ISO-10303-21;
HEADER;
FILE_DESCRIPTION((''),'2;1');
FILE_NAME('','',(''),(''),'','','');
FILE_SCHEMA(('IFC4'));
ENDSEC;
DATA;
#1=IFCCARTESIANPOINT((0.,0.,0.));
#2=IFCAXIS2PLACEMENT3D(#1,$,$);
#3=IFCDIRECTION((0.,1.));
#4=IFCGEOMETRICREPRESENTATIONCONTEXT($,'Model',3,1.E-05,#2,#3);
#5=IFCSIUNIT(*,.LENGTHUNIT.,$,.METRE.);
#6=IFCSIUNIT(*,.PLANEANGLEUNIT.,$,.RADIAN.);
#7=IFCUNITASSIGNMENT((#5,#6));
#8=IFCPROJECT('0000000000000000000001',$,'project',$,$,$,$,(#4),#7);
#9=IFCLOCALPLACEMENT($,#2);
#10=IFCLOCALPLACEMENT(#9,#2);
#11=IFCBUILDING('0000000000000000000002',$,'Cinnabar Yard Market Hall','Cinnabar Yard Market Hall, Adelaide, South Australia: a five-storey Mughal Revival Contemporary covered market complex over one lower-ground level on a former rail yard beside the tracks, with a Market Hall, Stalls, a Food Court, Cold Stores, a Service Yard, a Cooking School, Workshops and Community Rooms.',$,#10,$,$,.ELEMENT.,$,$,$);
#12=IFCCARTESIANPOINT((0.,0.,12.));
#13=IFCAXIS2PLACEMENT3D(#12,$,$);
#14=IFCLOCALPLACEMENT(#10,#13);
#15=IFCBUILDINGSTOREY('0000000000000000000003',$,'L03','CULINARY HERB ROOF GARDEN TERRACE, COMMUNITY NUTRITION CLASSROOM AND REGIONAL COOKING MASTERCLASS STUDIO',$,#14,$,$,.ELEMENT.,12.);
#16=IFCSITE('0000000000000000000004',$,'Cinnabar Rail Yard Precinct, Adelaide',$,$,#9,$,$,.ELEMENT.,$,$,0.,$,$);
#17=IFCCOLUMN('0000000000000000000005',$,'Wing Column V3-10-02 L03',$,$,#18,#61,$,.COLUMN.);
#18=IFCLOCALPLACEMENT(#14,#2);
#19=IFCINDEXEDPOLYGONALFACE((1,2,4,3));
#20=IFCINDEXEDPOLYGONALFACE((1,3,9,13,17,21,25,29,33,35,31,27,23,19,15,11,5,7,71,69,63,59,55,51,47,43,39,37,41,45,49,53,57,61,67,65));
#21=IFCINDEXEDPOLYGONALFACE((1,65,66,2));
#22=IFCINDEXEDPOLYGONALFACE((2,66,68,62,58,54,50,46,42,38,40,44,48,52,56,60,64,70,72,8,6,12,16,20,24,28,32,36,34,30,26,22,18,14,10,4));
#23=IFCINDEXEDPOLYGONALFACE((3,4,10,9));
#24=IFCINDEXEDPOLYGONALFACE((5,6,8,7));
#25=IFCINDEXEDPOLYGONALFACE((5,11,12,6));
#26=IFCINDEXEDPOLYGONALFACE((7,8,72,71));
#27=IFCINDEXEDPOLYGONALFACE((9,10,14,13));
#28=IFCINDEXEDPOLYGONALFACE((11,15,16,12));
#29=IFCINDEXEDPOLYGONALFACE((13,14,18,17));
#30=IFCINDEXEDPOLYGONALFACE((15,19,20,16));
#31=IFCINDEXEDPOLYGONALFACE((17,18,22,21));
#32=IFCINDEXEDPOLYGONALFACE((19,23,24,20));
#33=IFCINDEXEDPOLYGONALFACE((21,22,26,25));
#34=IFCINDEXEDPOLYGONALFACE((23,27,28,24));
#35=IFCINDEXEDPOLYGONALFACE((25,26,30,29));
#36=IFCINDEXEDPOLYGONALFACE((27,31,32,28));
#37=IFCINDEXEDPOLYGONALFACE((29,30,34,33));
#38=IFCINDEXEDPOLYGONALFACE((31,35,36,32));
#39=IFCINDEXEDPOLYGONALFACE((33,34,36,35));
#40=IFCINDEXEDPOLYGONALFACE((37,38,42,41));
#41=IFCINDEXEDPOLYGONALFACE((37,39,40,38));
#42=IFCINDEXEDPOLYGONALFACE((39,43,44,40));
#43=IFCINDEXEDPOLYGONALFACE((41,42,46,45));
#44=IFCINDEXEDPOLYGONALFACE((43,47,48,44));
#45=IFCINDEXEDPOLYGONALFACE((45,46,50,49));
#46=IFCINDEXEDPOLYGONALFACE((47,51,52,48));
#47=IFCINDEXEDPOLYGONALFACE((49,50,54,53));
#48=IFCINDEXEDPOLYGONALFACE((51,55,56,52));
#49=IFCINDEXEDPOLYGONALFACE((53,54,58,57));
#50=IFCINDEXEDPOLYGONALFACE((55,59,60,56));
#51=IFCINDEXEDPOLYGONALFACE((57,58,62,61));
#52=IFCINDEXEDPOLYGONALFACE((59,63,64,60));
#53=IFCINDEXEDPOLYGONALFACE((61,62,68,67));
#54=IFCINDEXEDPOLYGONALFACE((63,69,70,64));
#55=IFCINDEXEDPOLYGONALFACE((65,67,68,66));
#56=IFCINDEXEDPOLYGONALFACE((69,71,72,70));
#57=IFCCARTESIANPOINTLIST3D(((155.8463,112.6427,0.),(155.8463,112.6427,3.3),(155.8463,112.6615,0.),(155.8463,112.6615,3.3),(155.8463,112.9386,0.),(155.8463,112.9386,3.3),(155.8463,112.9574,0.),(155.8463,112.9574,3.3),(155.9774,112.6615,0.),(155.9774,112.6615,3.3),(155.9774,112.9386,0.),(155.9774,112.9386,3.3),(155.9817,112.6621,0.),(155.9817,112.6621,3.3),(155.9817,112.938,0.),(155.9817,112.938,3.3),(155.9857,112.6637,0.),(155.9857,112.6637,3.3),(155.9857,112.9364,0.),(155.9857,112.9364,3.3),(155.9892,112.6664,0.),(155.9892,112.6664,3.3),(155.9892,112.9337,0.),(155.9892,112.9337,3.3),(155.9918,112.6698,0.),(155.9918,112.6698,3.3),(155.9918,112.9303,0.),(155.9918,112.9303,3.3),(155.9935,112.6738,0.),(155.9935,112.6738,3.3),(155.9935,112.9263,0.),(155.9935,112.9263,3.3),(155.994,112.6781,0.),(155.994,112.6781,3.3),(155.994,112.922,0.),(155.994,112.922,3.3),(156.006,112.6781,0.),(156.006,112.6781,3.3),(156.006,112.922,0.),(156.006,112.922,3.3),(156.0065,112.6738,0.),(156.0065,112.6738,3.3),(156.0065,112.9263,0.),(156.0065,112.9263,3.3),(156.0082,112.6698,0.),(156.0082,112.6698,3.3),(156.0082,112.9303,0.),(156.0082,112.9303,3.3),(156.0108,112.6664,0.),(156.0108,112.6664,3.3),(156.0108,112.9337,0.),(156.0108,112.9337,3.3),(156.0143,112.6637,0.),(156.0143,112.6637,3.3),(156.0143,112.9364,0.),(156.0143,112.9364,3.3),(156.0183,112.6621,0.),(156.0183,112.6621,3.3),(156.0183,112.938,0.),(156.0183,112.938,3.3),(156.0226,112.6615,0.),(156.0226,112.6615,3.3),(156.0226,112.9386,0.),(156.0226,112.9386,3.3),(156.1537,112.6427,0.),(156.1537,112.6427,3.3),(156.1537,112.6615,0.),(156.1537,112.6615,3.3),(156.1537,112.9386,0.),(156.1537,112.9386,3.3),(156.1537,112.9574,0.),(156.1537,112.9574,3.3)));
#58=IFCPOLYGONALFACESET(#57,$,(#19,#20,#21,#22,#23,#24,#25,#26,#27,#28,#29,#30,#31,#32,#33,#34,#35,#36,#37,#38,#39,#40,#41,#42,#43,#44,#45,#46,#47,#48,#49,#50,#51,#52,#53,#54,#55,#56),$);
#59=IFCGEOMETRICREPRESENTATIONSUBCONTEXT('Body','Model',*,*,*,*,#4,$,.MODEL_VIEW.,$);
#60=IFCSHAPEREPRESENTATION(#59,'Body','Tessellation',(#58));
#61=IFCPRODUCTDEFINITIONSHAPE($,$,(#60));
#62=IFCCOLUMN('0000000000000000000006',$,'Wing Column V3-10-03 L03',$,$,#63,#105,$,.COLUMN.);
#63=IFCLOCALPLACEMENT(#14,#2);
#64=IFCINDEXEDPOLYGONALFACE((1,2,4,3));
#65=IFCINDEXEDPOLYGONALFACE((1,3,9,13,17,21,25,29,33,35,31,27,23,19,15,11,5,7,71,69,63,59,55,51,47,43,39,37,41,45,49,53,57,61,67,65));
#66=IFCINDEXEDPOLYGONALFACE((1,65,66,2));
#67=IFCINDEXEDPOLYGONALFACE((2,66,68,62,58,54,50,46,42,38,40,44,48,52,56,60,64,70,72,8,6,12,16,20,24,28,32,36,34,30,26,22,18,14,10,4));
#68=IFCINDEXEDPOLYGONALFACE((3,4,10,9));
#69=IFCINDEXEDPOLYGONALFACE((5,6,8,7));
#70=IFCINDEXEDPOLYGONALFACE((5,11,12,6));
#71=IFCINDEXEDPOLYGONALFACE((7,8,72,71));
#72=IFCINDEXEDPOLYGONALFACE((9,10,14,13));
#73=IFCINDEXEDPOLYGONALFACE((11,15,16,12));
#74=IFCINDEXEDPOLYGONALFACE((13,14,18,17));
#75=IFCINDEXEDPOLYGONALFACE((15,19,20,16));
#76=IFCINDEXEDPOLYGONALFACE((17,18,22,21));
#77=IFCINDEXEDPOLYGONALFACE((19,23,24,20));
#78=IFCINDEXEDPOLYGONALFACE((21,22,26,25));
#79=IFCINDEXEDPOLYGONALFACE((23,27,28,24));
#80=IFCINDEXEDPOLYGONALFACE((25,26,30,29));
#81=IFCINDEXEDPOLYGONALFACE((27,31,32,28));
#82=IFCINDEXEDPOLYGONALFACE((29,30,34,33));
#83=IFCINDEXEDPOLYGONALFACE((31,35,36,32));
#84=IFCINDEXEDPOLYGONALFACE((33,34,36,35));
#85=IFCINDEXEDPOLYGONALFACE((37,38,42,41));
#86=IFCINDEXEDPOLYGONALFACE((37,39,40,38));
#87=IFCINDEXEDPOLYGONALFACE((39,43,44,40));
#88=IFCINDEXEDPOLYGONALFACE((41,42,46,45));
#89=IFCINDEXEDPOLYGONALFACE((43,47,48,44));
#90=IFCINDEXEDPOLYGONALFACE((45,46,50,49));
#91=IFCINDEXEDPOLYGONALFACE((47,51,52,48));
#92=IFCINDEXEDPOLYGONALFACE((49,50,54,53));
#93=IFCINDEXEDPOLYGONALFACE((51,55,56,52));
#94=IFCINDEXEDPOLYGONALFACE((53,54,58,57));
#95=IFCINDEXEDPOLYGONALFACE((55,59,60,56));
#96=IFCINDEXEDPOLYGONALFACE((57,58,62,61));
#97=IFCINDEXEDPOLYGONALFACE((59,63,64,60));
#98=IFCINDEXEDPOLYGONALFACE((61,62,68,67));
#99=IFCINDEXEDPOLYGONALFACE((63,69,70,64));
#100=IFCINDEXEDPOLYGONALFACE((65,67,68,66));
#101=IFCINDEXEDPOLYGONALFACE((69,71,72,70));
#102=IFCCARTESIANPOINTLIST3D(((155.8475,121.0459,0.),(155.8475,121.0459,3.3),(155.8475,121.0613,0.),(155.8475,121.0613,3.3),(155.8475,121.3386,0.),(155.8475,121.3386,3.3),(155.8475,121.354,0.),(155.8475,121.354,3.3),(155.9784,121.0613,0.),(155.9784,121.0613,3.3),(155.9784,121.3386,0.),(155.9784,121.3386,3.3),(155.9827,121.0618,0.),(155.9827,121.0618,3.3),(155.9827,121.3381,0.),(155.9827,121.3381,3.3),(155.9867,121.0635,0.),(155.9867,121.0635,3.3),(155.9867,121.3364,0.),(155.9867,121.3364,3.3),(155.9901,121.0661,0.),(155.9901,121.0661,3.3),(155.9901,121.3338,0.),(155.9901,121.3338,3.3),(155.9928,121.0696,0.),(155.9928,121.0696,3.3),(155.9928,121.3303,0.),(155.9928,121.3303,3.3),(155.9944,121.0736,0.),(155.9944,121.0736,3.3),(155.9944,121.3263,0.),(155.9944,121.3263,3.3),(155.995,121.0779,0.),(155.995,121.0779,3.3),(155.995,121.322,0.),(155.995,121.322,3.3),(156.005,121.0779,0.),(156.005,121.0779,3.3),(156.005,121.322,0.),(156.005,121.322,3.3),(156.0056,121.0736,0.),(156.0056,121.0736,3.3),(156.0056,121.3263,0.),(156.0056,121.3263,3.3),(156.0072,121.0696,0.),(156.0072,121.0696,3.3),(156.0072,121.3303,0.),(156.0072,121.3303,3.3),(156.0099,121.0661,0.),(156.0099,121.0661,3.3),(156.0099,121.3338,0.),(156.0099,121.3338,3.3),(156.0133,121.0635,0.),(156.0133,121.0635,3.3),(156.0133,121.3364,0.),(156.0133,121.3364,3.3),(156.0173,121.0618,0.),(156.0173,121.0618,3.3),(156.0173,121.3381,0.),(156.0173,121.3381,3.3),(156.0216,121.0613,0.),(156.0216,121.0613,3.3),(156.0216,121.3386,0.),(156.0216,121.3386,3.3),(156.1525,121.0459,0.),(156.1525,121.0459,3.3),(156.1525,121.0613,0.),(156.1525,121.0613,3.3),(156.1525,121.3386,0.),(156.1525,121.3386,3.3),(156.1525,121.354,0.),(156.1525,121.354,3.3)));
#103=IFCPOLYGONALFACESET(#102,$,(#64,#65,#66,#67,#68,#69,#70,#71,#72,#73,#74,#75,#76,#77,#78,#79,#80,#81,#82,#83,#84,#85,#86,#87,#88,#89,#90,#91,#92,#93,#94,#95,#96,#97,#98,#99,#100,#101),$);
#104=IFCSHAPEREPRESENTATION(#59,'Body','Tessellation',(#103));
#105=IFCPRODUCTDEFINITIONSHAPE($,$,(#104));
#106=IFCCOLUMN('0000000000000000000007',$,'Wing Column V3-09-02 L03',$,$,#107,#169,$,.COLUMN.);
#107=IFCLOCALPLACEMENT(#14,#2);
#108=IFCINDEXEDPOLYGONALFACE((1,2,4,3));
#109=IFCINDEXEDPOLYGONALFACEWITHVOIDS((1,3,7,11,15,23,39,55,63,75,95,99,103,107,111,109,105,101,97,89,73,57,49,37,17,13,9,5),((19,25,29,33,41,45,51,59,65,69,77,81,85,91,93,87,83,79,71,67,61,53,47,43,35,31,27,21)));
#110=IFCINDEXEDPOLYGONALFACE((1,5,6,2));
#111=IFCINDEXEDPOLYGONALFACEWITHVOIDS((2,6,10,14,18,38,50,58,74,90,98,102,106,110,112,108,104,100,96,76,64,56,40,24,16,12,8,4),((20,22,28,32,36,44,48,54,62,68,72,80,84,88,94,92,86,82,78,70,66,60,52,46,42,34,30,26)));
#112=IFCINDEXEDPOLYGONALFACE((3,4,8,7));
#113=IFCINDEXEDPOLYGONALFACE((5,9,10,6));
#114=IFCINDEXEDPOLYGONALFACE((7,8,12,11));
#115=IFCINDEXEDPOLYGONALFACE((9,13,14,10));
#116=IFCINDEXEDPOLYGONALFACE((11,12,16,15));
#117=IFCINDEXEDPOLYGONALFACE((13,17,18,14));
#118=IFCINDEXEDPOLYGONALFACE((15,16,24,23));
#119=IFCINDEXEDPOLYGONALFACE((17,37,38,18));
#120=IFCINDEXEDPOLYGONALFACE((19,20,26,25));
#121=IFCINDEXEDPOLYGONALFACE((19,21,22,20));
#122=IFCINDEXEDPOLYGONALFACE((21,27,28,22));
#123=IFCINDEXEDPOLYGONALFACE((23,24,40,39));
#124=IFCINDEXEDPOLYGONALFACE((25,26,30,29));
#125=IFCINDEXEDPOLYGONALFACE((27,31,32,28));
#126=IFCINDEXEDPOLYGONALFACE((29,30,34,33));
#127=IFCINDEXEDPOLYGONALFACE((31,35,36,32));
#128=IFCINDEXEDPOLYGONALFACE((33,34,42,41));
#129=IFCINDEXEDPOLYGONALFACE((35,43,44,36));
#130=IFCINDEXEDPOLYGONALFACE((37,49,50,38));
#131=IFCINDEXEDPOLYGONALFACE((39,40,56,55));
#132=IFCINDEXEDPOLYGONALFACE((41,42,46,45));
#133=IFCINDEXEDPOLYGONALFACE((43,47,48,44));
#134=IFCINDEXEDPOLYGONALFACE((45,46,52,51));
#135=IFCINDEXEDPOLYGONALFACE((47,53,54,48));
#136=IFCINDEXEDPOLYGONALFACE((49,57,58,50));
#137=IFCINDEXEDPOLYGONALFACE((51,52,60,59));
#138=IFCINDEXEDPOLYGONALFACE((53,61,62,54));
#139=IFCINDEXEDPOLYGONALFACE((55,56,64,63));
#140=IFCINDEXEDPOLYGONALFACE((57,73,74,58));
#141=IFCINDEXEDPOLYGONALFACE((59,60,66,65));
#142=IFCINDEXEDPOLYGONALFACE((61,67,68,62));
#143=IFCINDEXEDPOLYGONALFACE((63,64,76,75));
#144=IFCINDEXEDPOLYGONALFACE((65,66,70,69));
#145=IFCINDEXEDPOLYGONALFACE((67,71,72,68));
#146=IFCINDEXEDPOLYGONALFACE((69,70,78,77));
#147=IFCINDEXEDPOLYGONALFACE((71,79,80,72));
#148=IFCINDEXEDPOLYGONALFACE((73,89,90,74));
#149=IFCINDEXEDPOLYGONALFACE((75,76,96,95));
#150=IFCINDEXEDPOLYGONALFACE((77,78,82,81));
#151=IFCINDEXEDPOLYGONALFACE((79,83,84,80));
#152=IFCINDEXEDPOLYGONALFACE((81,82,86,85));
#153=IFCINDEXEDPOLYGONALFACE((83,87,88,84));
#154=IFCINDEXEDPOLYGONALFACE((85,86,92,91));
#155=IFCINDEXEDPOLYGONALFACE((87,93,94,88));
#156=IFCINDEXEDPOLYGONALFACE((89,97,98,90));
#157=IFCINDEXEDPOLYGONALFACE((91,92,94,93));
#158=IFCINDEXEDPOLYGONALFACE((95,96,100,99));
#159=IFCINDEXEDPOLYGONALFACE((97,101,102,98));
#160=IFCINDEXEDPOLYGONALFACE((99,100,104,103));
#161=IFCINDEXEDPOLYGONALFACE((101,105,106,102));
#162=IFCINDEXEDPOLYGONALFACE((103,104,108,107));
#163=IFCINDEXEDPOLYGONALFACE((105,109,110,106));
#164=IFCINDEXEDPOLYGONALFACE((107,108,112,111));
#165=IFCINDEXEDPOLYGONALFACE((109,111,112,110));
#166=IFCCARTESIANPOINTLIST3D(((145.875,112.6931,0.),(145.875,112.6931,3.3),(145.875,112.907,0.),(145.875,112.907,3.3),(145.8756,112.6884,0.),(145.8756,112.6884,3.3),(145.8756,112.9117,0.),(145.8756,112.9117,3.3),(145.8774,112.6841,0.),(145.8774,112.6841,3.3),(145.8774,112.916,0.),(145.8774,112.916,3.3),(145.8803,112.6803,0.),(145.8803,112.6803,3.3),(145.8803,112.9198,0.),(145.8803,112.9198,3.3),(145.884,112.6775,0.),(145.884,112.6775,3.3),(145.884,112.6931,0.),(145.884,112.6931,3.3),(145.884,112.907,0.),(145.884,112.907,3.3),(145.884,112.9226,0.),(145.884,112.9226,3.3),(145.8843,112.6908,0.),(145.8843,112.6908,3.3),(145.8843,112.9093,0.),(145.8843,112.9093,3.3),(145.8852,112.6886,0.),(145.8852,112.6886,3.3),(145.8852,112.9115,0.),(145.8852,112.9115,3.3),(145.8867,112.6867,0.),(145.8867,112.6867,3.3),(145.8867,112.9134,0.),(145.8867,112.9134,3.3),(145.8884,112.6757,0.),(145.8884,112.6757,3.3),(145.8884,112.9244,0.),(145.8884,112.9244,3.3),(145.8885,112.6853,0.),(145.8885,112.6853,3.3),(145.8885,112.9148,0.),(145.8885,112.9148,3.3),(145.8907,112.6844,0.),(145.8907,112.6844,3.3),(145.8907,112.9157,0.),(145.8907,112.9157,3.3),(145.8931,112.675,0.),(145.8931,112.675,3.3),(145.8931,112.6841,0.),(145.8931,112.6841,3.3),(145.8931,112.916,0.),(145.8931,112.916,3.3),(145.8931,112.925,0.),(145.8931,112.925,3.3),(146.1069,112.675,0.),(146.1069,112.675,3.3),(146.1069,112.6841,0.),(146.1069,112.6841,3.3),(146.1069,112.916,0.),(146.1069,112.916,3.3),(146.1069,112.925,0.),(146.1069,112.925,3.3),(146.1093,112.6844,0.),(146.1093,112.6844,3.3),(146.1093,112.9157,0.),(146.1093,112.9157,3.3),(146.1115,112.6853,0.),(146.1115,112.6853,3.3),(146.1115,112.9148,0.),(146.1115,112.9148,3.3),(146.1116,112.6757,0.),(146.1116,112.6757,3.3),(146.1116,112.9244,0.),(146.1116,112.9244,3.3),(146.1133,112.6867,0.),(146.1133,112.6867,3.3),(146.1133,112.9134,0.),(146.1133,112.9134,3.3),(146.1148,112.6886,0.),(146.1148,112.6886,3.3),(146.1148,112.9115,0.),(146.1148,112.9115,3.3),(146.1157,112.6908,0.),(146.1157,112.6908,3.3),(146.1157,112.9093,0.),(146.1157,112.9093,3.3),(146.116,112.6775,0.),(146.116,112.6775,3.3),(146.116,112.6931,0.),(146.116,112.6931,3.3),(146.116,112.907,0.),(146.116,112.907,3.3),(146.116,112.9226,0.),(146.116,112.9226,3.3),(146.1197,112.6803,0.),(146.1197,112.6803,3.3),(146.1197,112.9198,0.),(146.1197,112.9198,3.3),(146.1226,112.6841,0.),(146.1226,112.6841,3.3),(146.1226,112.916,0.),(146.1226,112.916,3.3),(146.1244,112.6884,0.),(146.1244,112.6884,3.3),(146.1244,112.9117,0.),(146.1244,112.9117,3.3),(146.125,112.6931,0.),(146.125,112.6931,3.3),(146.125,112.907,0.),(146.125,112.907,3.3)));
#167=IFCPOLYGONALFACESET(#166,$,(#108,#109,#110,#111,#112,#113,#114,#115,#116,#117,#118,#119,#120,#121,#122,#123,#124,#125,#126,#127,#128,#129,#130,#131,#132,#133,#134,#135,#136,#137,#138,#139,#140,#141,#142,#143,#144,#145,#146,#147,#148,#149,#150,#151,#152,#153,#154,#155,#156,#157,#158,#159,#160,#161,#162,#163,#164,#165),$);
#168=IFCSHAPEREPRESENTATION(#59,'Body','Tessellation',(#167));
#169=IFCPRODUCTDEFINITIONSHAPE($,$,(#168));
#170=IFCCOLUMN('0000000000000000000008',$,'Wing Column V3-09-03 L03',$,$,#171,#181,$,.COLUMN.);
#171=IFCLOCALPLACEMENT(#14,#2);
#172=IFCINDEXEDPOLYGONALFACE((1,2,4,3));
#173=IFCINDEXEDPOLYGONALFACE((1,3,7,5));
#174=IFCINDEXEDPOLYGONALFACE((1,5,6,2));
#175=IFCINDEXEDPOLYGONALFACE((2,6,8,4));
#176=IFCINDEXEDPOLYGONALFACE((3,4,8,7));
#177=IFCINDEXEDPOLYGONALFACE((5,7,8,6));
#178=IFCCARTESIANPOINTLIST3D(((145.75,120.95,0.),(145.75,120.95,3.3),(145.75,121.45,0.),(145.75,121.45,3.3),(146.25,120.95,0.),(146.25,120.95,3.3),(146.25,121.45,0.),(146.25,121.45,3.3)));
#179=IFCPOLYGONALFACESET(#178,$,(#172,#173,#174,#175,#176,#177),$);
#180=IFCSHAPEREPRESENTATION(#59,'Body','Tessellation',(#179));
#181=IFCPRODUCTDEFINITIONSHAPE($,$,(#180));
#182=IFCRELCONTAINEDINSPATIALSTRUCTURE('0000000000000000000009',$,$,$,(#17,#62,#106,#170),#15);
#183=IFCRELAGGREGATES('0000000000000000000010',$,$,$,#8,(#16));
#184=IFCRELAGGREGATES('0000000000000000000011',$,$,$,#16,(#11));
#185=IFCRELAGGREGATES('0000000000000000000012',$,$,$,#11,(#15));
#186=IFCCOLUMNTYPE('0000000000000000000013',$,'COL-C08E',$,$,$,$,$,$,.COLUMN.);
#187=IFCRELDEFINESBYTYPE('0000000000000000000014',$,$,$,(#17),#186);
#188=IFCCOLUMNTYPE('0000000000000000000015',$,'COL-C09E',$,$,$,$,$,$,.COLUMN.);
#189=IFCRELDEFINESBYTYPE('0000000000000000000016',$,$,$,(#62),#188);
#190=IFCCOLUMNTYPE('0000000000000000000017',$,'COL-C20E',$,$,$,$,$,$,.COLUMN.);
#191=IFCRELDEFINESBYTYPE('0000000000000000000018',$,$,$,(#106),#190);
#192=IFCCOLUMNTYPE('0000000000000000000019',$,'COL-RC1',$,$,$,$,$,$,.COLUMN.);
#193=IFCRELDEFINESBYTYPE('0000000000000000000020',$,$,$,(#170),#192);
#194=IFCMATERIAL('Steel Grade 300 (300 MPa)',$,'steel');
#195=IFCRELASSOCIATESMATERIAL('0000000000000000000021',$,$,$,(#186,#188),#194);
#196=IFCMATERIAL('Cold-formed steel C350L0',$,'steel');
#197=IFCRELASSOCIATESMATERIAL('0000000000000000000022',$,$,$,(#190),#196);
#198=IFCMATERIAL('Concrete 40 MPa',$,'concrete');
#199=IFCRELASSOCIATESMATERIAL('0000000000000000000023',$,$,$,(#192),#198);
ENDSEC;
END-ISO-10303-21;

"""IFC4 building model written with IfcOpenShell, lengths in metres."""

from ifc_helpers import new_model, si_unit, direction, frame, origin, origin_2d_with_axis, place, context, subcontext, project, spatial, rectangle, hollow_rectangle, i_section, extrude, material, material_profile, profile_set, type_object, element, save


model = new_model("IFC4")

# Units and contexts
model_context = context("Model", 3, precision=1e-05, world=origin(), true_north=direction((0.0, 1.0)))
body_context = subcontext(model_context, "Body", "Model", "MODEL_VIEW")
ifc_project = project(units=[si_unit("LENGTHUNIT", "METRE"), si_unit("PLANEANGLEUNIT", "RADIAN")], contexts=[model_context])

# Site, building, storey
site_placement = place(None, origin())
site = spatial("IfcSite", under=ifc_project, at=site_placement, Name="Cinnabar Rail Yard Precinct, Adelaide", CompositionType="ELEMENT", RefElevation=0.0)
building_placement = place(site_placement, origin())
building = spatial("IfcBuilding", under=site, at=building_placement, Name="Cinnabar Yard Market Hall", Description="Cinnabar Yard Market Hall, Adelaide, South Australia: a five-storey Mughal Revival Contemporary covered market complex over one lower-ground level on a former rail yard beside the tracks, with a Market Hall, Stalls, a Food Court, Cold Stores, a Service Yard, a Cooking School, Workshops and Community Rooms.", CompositionType="ELEMENT")
storey_placement = place(building_placement, frame((0.0, 0.0, 12.0)))
storey = spatial("IfcBuildingStorey", under=building, at=storey_placement, Name="L03", Description="CULINARY HERB ROOF GARDEN TERRACE, COMMUNITY NUTRITION CLASSROOM AND REGIONAL COOKING MASTERCLASS STUDIO", CompositionType="ELEMENT", Elevation=12.0)

# Columns
ifc_material_1 = material(Name="Steel Grade 300 (300 MPa)", Category="steel")
ifc_material_profile_1 = material_profile(ifc_material_1, i_section(OverallWidth=0.3074, OverallDepth=0.3147, WebThickness=0.012, FlangeThickness=0.0188, FilletRadius=0.0166, at=origin_2d_with_axis()), Name="310UC118")
ifc_profile_set_1 = profile_set([ifc_material_profile_1], Name="Steel Grade 300 (300 MPa)")
column_type_1 = type_object("IfcColumnType", Name="COL-C08E", PredefinedType="COLUMN", material=ifc_profile_set_1)
column_1_placement = place(storey_placement, frame((156.0, 112.8, 0.0), z_axis=(0.0, 0.0, 1.0), x_axis=(1.0, 0.0, 0.0)))
element("IfcColumn", 1, at=column_1_placement, inside=storey, type_object=column_type_1, Name="Wing Column V3-10-02 L03", PredefinedType="COLUMN", context=body_context, shape_type="SweptSolid", body=[
    extrude(i_section(OverallWidth=0.3074, OverallDepth=0.3147, WebThickness=0.012, FlangeThickness=0.0188, FilletRadius=0.0166, at=origin_2d_with_axis()), origin(), (0.0, 0.0, 1.0), 3.3),
])
ifc_material_profile_2 = material_profile(ifc_material_1, i_section(OverallWidth=0.3049, OverallDepth=0.3081, WebThickness=0.01, FlangeThickness=0.0154, FilletRadius=0.0166, at=origin_2d_with_axis()), Name="310UC96.8")
ifc_profile_set_2 = profile_set([ifc_material_profile_2], Name="Steel Grade 300 (300 MPa)")
column_type_2 = type_object("IfcColumnType", Name="COL-C09E", PredefinedType="COLUMN", material=ifc_profile_set_2)
column_2_placement = place(storey_placement, frame((156.0, 121.2, 0.0), z_axis=(0.0, 0.0, 1.0), x_axis=(1.0, 0.0, 0.0)))
element("IfcColumn", 2, at=column_2_placement, inside=storey, type_object=column_type_2, Name="Wing Column V3-10-03 L03", PredefinedType="COLUMN", context=body_context, shape_type="SweptSolid", body=[
    extrude(i_section(OverallWidth=0.3049, OverallDepth=0.3081, WebThickness=0.01, FlangeThickness=0.0154, FilletRadius=0.0166, at=origin_2d_with_axis()), origin(), (0.0, 0.0, 1.0), 3.3),
])
ifc_material_2 = material(Name="Cold-formed steel C350L0", Category="steel")
ifc_material_profile_3 = material_profile(ifc_material_2, hollow_rectangle(XDim=0.25, YDim=0.25, WallThickness=0.009, InnerFilletRadius=0.009, OuterFilletRadius=0.0181, at=origin_2d_with_axis()), Name="250x250x9.0SHS")
ifc_profile_set_3 = profile_set([ifc_material_profile_3], Name="Cold-formed steel C350L0")
column_type_3 = type_object("IfcColumnType", Name="COL-C20E", PredefinedType="COLUMN", material=ifc_profile_set_3)
column_3_placement = place(storey_placement, frame((146.0, 112.8, 0.0), z_axis=(0.0, 0.0, 1.0), x_axis=(1.0, 0.0, 0.0)))
element("IfcColumn", 3, at=column_3_placement, inside=storey, type_object=column_type_3, Name="Wing Column V3-09-02 L03", PredefinedType="COLUMN", context=body_context, shape_type="SweptSolid", body=[
    extrude(hollow_rectangle(XDim=0.25, YDim=0.25, WallThickness=0.009, InnerFilletRadius=0.009, OuterFilletRadius=0.0181, at=origin_2d_with_axis()), origin(), (0.0, 0.0, 1.0), 3.3),
])
ifc_material_3 = material(Name="Concrete 40 MPa", Category="concrete")
ifc_material_profile_4 = material_profile(ifc_material_3, rectangle(XDim=0.5, YDim=0.5, at=origin_2d_with_axis()), Name="RC-500x500")
ifc_profile_set_4 = profile_set([ifc_material_profile_4], Name="Concrete 40 MPa")
column_type_4 = type_object("IfcColumnType", Name="COL-RC1", PredefinedType="COLUMN", material=ifc_profile_set_4)
column_4_placement = place(storey_placement, frame((146.0, 121.2, 0.0), z_axis=(0.0, 0.0, 1.0), x_axis=(1.0, 0.0, 0.0)))
element("IfcColumn", 4, at=column_4_placement, inside=storey, type_object=column_type_4, Name="Wing Column V3-09-03 L03", PredefinedType="COLUMN", context=body_context, shape_type="SweptSolid", body=[
    extrude(rectangle(XDim=0.5, YDim=0.5, at=origin_2d_with_axis()), origin(), (0.0, 0.0, 1.0), 3.3),
])

save(model, "model.ifc")
